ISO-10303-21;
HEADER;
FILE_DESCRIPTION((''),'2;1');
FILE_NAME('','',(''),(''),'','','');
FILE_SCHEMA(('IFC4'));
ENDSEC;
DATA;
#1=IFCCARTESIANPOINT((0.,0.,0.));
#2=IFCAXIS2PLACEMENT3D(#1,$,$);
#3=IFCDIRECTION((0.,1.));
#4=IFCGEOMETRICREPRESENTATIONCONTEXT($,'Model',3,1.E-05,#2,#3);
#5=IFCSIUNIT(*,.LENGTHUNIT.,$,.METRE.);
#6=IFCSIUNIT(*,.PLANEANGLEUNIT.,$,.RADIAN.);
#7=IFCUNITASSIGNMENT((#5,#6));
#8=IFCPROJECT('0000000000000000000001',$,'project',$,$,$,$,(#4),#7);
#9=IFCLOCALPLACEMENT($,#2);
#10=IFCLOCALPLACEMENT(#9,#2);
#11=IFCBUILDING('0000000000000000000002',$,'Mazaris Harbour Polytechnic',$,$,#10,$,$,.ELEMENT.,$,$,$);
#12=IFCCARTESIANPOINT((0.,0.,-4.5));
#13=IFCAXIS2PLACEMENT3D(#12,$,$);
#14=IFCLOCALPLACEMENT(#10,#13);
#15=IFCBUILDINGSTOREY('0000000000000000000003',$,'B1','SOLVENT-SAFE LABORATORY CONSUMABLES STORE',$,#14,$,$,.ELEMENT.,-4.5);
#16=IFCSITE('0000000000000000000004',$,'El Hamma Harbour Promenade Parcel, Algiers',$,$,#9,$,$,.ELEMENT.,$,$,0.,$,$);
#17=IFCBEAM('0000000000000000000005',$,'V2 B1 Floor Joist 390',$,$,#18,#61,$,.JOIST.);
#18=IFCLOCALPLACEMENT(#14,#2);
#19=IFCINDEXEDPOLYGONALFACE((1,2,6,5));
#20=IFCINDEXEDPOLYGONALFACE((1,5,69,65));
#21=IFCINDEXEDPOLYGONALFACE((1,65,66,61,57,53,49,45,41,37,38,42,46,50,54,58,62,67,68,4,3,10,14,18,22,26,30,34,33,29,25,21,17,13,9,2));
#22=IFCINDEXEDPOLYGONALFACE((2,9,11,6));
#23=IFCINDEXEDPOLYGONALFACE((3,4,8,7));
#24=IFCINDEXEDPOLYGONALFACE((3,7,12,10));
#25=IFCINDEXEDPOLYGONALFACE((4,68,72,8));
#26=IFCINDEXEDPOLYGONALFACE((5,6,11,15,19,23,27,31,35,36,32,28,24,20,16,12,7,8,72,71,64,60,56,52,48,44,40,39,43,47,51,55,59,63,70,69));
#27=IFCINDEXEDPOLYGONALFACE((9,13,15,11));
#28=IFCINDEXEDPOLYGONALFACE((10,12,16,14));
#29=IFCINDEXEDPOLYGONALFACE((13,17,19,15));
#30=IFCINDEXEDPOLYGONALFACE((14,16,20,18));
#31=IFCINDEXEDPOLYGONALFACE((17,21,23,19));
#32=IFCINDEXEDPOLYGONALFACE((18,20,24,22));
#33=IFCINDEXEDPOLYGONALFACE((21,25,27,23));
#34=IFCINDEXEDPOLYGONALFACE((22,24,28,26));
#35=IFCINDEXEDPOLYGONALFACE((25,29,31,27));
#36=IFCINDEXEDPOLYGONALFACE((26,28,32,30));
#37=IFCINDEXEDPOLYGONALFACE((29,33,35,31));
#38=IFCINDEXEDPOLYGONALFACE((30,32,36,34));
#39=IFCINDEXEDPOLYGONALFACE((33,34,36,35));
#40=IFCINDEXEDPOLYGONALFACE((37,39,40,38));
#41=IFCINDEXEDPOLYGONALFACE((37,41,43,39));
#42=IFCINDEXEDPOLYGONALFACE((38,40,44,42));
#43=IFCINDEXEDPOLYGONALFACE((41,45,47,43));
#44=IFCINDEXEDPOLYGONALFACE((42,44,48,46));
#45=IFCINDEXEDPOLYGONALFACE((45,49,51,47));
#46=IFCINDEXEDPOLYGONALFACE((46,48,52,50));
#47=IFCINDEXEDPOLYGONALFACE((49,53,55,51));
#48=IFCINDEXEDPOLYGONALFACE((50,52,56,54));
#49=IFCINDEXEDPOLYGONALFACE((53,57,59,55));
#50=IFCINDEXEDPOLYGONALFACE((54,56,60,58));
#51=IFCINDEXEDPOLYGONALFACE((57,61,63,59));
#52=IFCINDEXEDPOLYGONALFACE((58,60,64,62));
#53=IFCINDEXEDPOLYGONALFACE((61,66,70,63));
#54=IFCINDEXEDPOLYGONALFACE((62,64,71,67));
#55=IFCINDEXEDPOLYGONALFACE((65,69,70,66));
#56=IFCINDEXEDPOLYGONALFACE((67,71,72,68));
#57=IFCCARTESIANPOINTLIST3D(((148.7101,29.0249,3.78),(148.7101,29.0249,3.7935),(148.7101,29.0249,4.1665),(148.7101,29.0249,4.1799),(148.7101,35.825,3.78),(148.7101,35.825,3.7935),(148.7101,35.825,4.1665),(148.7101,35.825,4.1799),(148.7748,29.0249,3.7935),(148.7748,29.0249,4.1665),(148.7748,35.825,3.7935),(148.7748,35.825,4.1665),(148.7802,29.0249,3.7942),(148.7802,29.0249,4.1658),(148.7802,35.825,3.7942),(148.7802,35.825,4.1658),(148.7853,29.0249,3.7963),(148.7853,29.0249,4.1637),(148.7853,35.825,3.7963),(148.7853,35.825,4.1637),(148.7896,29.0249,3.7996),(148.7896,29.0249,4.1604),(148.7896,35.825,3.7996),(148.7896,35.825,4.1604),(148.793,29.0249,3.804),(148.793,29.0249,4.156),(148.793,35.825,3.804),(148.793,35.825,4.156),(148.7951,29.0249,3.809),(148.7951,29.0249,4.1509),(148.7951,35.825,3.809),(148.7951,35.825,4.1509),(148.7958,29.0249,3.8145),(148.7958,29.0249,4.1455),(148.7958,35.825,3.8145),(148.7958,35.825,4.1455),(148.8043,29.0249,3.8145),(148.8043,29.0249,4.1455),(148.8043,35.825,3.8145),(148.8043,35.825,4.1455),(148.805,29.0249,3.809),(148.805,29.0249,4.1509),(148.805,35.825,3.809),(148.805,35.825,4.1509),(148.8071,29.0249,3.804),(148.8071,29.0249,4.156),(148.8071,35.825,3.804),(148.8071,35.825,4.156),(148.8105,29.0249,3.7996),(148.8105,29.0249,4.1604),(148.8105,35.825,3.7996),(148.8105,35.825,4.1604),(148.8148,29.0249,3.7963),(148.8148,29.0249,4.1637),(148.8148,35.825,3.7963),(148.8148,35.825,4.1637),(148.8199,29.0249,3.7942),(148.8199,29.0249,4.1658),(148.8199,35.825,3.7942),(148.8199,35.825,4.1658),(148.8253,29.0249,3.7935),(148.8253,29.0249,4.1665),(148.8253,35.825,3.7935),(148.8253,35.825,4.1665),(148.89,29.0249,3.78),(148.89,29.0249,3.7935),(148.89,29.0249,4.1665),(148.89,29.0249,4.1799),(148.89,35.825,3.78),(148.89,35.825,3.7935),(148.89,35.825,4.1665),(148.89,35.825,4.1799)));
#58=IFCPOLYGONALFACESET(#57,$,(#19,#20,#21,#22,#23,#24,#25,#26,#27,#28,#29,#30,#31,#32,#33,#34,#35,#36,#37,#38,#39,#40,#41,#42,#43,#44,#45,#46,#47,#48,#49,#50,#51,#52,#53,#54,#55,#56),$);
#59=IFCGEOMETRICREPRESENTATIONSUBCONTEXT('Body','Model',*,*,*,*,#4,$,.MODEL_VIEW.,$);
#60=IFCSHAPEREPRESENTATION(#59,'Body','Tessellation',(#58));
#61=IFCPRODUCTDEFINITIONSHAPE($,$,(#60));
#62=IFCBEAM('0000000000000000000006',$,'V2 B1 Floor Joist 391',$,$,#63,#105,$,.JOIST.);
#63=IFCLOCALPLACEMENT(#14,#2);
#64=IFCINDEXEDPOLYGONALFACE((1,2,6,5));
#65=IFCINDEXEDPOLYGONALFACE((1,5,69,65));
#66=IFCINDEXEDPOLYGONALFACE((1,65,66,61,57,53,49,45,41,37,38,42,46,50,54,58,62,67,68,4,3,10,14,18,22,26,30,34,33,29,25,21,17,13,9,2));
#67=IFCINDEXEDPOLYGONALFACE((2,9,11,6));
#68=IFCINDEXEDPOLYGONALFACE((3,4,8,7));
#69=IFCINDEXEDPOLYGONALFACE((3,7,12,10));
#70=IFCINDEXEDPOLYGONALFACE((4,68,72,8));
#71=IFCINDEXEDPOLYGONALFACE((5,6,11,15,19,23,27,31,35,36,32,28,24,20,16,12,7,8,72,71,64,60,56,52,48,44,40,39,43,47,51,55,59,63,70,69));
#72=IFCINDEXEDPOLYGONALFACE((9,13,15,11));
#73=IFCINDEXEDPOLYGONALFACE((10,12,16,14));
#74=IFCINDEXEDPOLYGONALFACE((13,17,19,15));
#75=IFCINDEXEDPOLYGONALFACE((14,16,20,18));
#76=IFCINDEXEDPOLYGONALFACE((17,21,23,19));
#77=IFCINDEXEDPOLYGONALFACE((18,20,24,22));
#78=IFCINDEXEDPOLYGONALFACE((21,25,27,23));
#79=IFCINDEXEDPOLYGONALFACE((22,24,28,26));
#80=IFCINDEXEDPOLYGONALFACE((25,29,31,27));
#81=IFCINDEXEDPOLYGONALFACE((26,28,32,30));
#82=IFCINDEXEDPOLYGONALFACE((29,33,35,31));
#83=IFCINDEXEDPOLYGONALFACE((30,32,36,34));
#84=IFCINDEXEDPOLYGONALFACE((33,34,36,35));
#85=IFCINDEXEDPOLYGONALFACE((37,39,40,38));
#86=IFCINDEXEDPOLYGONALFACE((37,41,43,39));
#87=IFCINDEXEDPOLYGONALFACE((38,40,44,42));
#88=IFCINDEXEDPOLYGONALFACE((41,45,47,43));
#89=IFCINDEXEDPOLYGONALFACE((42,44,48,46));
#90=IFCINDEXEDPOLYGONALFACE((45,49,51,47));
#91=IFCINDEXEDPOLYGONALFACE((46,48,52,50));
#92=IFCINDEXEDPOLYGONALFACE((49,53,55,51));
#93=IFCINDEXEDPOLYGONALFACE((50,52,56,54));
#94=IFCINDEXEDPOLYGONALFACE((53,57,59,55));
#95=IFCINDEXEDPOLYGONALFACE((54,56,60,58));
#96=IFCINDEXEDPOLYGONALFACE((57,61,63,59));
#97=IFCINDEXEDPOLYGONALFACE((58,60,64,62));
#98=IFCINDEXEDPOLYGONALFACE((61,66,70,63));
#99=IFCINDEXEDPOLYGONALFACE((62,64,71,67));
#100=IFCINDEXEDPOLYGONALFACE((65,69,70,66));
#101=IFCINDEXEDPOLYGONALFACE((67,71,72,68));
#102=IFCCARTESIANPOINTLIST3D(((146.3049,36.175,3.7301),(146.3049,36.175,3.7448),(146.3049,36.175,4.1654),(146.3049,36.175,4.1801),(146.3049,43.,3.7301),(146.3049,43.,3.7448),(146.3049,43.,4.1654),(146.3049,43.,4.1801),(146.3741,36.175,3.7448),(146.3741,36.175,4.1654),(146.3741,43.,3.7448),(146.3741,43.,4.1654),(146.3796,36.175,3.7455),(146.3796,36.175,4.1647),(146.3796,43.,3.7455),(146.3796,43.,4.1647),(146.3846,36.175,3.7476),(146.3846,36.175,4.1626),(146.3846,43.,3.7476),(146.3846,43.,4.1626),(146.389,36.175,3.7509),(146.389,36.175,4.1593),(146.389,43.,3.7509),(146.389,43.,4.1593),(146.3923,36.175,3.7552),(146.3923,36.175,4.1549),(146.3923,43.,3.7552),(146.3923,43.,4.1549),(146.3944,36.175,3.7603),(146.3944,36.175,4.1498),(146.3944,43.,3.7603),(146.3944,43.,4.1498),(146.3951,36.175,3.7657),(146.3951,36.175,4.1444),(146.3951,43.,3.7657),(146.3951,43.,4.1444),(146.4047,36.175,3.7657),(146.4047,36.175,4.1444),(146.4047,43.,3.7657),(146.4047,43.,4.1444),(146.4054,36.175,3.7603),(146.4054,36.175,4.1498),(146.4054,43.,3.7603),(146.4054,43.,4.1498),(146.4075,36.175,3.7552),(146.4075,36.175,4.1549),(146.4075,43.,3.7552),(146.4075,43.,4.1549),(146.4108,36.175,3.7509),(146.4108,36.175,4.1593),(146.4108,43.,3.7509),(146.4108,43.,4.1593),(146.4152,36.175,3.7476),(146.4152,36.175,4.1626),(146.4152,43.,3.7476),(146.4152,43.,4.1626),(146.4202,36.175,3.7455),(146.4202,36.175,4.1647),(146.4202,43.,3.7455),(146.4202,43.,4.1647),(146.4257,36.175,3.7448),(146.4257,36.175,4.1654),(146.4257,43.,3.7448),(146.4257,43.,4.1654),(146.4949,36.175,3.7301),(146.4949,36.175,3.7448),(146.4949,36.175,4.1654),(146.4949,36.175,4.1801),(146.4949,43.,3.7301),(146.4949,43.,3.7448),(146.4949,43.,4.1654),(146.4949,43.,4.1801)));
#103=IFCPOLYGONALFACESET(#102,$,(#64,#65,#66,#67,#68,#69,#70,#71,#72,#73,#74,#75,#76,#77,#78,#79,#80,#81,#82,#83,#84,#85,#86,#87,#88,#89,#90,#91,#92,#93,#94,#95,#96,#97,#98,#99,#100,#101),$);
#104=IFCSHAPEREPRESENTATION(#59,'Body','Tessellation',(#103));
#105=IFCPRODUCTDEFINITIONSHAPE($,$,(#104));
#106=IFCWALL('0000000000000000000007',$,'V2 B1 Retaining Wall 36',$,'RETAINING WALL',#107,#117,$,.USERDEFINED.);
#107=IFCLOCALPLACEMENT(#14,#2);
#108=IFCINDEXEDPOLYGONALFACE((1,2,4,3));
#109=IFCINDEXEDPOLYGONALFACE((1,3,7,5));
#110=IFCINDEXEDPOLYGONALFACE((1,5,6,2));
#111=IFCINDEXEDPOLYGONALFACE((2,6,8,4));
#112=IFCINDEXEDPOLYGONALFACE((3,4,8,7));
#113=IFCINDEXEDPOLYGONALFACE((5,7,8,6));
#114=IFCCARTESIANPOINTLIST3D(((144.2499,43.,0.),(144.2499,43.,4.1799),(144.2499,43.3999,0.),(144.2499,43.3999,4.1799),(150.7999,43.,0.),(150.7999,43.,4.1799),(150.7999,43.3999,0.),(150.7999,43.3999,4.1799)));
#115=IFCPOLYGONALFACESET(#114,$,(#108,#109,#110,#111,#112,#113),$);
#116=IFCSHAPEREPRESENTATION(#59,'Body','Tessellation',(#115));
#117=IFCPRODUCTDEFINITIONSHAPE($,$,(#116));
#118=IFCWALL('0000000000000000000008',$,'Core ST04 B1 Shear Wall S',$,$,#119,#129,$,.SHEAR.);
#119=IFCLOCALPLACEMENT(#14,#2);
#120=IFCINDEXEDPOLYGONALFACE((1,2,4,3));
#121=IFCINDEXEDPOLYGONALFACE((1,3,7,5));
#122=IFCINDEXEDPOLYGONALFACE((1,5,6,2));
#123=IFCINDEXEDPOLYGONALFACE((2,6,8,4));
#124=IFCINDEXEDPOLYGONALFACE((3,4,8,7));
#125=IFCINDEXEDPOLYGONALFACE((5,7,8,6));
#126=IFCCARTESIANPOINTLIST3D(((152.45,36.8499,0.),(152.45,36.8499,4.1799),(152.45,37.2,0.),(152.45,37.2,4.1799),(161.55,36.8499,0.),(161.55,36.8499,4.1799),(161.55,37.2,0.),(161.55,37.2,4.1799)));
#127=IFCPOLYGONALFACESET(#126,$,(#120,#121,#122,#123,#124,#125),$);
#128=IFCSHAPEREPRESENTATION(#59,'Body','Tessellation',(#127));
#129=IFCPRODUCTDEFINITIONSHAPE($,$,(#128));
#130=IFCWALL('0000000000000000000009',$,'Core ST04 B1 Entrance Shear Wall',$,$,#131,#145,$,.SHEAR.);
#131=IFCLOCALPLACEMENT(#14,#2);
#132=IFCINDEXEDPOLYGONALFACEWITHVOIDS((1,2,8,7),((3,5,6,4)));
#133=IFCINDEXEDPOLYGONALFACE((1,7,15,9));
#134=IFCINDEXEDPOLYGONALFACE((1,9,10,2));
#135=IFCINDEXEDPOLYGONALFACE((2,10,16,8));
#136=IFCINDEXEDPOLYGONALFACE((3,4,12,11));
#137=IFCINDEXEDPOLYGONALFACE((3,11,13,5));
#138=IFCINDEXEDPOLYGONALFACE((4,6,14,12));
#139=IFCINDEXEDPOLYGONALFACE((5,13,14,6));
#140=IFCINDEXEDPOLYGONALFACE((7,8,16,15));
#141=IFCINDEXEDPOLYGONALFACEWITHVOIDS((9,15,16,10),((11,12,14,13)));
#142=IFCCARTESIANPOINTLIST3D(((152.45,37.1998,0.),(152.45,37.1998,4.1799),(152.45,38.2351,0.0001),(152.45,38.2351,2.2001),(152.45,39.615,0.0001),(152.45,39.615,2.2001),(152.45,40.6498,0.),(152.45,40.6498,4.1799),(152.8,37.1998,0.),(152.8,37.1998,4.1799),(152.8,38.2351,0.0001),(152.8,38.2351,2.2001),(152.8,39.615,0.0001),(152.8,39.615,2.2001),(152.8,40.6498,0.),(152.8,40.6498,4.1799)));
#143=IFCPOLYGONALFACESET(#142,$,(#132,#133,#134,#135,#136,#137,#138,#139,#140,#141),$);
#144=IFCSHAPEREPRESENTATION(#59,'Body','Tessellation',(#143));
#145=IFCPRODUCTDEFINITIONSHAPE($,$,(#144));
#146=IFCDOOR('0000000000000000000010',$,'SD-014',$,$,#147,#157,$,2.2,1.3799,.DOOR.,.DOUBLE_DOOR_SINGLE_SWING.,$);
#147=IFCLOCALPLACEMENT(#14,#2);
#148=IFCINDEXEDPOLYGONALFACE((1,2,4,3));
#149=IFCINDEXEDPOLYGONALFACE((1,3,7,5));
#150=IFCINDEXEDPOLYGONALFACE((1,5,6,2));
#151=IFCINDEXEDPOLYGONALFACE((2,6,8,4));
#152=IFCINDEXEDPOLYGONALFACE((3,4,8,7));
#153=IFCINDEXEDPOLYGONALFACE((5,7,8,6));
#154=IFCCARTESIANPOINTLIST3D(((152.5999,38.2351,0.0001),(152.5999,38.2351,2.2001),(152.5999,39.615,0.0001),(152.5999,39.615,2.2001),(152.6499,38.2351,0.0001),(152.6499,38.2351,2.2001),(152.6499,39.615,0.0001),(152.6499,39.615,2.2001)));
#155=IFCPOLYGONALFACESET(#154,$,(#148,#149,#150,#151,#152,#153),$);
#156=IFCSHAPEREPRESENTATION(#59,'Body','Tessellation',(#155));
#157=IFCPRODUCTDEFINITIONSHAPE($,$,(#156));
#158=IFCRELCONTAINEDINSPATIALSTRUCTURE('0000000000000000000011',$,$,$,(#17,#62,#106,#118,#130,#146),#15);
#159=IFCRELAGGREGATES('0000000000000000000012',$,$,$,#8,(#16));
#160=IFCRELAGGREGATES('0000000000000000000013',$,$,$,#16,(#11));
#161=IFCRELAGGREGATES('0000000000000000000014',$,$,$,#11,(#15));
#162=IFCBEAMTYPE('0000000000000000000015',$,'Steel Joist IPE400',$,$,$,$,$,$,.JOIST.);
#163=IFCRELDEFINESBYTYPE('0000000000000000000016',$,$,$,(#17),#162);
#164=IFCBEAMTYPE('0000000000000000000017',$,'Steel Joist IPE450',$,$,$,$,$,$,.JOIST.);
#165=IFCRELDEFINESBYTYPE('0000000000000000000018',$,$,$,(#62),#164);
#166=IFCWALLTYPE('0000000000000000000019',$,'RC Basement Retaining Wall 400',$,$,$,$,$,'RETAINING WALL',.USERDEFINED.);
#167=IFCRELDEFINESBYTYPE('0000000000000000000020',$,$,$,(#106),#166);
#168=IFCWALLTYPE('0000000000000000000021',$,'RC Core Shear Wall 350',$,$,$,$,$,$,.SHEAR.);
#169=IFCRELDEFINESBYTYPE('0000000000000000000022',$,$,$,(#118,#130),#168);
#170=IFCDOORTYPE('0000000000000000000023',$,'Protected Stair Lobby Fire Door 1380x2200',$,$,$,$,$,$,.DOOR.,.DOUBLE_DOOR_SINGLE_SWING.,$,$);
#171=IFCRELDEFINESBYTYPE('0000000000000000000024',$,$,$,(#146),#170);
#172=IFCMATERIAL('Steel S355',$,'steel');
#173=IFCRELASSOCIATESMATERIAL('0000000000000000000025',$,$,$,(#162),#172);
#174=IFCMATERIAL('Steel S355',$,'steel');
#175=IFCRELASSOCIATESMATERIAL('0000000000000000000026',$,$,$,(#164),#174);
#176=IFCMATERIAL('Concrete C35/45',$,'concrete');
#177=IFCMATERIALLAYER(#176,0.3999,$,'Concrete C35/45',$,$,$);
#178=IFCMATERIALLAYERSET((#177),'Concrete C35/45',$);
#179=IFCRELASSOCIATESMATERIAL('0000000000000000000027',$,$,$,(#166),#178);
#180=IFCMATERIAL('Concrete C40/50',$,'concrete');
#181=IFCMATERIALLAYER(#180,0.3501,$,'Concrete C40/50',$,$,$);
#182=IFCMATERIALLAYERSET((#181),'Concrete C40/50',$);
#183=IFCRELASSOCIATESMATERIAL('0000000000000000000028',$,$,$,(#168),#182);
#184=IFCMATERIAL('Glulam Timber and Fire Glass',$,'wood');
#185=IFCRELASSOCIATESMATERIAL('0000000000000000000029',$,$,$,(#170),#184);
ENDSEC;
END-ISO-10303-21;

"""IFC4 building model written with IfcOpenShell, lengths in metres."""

from ifc_helpers import new_model, si_unit, direction, frame, frame_2d, origin, origin_2d, place, context, subcontext, project, spatial, rectangle, i_section, extrude, material, layer, layer_set, material_profile, profile_set, type_object, element, fill, save


model = new_model("IFC4")

# Units and contexts
model_context = context("Model", 3, precision=1e-05, world=origin(), true_north=direction((0.0, 1.0)))
body_context = subcontext(model_context, "Body", "Model", "MODEL_VIEW")
ifc_project = project(units=[si_unit("LENGTHUNIT", "METRE"), si_unit("PLANEANGLEUNIT", "RADIAN")], contexts=[model_context])

# Site, building, storey
site_placement = place(None, origin())
site = spatial("IfcSite", under=ifc_project, at=site_placement, Name="El Hamma Harbour Promenade Parcel, Algiers", CompositionType="ELEMENT", RefElevation=0.0)
building_placement = place(site_placement, origin())
building = spatial("IfcBuilding", under=site, at=building_placement, Name="Mazaris Harbour Polytechnic", CompositionType="ELEMENT")
storey_placement = place(building_placement, frame((0.0, 0.0, -4.5)))
storey = spatial("IfcBuildingStorey", under=building, at=storey_placement, Name="B1", Description="SOLVENT-SAFE LABORATORY CONSUMABLES STORE", CompositionType="ELEMENT", Elevation=-4.5)

# Beams
ifc_material_1 = material(Name="Steel S355", Category="steel")
ifc_material_profile_1 = material_profile(ifc_material_1, i_section(OverallWidth=0.1799, OverallDepth=0.3999, WebThickness=0.0085, FlangeThickness=0.0134, FilletRadius=0.021, at=origin_2d()), Name="IPE 400")
ifc_profile_set_1 = profile_set([ifc_material_profile_1], Name="Steel S355")
beam_type_1 = type_object("IfcBeamType", Name="Steel Joist IPE400", PredefinedType="JOIST", material=ifc_profile_set_1)
beam_1_placement = place(storey_placement, frame((148.8, 29.0249, 3.98), z_axis=(0.0, 1.0, 0.0), x_axis=(-1.0, 0.0, 0.0)))
element("IfcBeam", 1, at=beam_1_placement, inside=storey, type_object=beam_type_1, Name="V2 B1 Floor Joist 390", PredefinedType="JOIST", context=body_context, shape_type="SweptSolid", body=[
    extrude(i_section(OverallWidth=0.1799, OverallDepth=0.3999, WebThickness=0.0085, FlangeThickness=0.0134, FilletRadius=0.021, at=origin_2d()), origin(), (0.0, 0.0, 1.0), 6.8),
])
ifc_material_2 = material(Name="Steel S355", Category="steel")
ifc_material_profile_2 = material_profile(ifc_material_2, i_section(OverallWidth=0.1899, OverallDepth=0.45, WebThickness=0.0095, FlangeThickness=0.0146, FilletRadius=0.021, at=origin_2d()), Name="IPE 450")
ifc_profile_set_2 = profile_set([ifc_material_profile_2], Name="Steel S355")
beam_type_2 = type_object("IfcBeamType", Name="Steel Joist IPE450", PredefinedType="JOIST", material=ifc_profile_set_2)
beam_2_placement = place(storey_placement, frame((146.3999, 36.175, 3.9551), z_axis=(0.0, 1.0, 0.0), x_axis=(-1.0, 0.0, 0.0)))
element("IfcBeam", 2, at=beam_2_placement, inside=storey, type_object=beam_type_2, Name="V2 B1 Floor Joist 391", PredefinedType="JOIST", context=body_context, shape_type="SweptSolid", body=[
    extrude(i_section(OverallWidth=0.1899, OverallDepth=0.45, WebThickness=0.0095, FlangeThickness=0.0146, FilletRadius=0.021, at=origin_2d()), origin(), (0.0, 0.0, 1.0), 6.825),
])

# Walls
ifc_material_3 = material(Name="Concrete C35/45", Category="concrete")
ifc_layer_1 = layer(ifc_material_3, 0.3999, Name="Concrete C35/45")
ifc_layer_set_1 = layer_set([ifc_layer_1], Name="Concrete C35/45")
wall_type_1 = type_object("IfcWallType", Name="RC Basement Retaining Wall 400", ElementType="RETAINING WALL", PredefinedType="USERDEFINED", material=ifc_layer_set_1)
wall_1_placement = place(storey_placement, frame((144.25, 43.2, 0.0), z_axis=(0.0, 0.0, 1.0), x_axis=(1.0, 0.0, 0.0)))
element("IfcWall", 3, at=wall_1_placement, inside=storey, type_object=wall_type_1, Name="V2 B1 Retaining Wall 36", ObjectType="RETAINING WALL", PredefinedType="USERDEFINED", context=body_context, shape_type="SweptSolid", body=[
    extrude(rectangle(XDim=6.55, YDim=0.3999, at=frame_2d((3.2749, 0.0))), origin(), (0.0, 0.0, 1.0), 4.1799),
])
ifc_material_4 = material(Name="Concrete C40/50", Category="concrete")
ifc_layer_2 = layer(ifc_material_4, 0.3501, Name="Concrete C40/50")
ifc_layer_set_2 = layer_set([ifc_layer_2], Name="Concrete C40/50")
wall_type_2 = type_object("IfcWallType", Name="RC Core Shear Wall 350", PredefinedType="SHEAR", material=ifc_layer_set_2)
wall_2_placement = place(storey_placement, frame((152.45, 37.0249, 0.0), z_axis=(0.0, 0.0, 1.0), x_axis=(1.0, 0.0, 0.0)))
element("IfcWall", 4, at=wall_2_placement, inside=storey, type_object=wall_type_2, Name="Core ST04 B1 Shear Wall S", PredefinedType="SHEAR", context=body_context, shape_type="SweptSolid", body=[
    extrude(rectangle(XDim=9.1001, YDim=0.3501, at=frame_2d((4.55, 0.0))), origin(), (0.0, 0.0, 1.0), 4.1799),
])

# Wall, opening, door
wall_3_placement = place(storey_placement, frame((152.625, 40.6499, 0.0), z_axis=(0.0, 0.0, 1.0), x_axis=(0.0, -1.0, 0.0)))
wall_3 = element("IfcWall", 5, at=wall_3_placement, inside=storey, type_object=wall_type_2, Name="Core ST04 B1 Entrance Shear Wall", PredefinedType="SHEAR", context=body_context, shape_type="SweptSolid", body=[
    extrude(rectangle(XDim=3.45, YDim=0.3501, at=frame_2d((1.7251, 0.0))), origin(), (0.0, 0.0, 1.0), 4.1799),
])
opening_placement = place(wall_3_placement, frame((1.0349, 0.0, 0.0)))
opening = element("IfcOpeningElement", 6, at=opening_placement, cuts=wall_3, PredefinedType="OPENING", context=body_context, shape_type="SweptSolid", body=[
    extrude(rectangle(XDim=1.3799, YDim=2.2, at=frame_2d((0.6899, 1.1001))), frame((0.0, 0.1851, 0.0), z_axis=(0.0, -1.0, 0.0), x_axis=(1.0, 0.0, 0.0)), (0.0, 0.0, 1.0), 0.3701),
])
ifc_material_5 = material(Name="Glulam Timber and Fire Glass", Category="wood")
door_type = type_object("IfcDoorType", Name="Protected Stair Lobby Fire Door 1380x2200", OperationType="DOUBLE_DOOR_SINGLE_SWING", PredefinedType="DOOR", material=ifc_material_5)
door_placement = place(opening_placement, origin())
door = element("IfcDoor", 7, at=door_placement, inside=storey, type_object=door_type, Name="SD-014", OperationType="DOUBLE_DOOR_SINGLE_SWING", OverallHeight=2.2, OverallWidth=1.3799, PredefinedType="DOOR", context=body_context, shape_type="SweptSolid", body=[
    extrude(rectangle(XDim=1.3799, YDim=2.2, at=frame_2d((0.6899, 1.1001))), frame((0.0, 0.0249, 0.0), z_axis=(0.0, -1.0, 0.0), x_axis=(1.0, 0.0, 0.0)), (0.0, 0.0, 1.0), 0.05),
])
fill(opening, door)

save(model, "model.ifc")
